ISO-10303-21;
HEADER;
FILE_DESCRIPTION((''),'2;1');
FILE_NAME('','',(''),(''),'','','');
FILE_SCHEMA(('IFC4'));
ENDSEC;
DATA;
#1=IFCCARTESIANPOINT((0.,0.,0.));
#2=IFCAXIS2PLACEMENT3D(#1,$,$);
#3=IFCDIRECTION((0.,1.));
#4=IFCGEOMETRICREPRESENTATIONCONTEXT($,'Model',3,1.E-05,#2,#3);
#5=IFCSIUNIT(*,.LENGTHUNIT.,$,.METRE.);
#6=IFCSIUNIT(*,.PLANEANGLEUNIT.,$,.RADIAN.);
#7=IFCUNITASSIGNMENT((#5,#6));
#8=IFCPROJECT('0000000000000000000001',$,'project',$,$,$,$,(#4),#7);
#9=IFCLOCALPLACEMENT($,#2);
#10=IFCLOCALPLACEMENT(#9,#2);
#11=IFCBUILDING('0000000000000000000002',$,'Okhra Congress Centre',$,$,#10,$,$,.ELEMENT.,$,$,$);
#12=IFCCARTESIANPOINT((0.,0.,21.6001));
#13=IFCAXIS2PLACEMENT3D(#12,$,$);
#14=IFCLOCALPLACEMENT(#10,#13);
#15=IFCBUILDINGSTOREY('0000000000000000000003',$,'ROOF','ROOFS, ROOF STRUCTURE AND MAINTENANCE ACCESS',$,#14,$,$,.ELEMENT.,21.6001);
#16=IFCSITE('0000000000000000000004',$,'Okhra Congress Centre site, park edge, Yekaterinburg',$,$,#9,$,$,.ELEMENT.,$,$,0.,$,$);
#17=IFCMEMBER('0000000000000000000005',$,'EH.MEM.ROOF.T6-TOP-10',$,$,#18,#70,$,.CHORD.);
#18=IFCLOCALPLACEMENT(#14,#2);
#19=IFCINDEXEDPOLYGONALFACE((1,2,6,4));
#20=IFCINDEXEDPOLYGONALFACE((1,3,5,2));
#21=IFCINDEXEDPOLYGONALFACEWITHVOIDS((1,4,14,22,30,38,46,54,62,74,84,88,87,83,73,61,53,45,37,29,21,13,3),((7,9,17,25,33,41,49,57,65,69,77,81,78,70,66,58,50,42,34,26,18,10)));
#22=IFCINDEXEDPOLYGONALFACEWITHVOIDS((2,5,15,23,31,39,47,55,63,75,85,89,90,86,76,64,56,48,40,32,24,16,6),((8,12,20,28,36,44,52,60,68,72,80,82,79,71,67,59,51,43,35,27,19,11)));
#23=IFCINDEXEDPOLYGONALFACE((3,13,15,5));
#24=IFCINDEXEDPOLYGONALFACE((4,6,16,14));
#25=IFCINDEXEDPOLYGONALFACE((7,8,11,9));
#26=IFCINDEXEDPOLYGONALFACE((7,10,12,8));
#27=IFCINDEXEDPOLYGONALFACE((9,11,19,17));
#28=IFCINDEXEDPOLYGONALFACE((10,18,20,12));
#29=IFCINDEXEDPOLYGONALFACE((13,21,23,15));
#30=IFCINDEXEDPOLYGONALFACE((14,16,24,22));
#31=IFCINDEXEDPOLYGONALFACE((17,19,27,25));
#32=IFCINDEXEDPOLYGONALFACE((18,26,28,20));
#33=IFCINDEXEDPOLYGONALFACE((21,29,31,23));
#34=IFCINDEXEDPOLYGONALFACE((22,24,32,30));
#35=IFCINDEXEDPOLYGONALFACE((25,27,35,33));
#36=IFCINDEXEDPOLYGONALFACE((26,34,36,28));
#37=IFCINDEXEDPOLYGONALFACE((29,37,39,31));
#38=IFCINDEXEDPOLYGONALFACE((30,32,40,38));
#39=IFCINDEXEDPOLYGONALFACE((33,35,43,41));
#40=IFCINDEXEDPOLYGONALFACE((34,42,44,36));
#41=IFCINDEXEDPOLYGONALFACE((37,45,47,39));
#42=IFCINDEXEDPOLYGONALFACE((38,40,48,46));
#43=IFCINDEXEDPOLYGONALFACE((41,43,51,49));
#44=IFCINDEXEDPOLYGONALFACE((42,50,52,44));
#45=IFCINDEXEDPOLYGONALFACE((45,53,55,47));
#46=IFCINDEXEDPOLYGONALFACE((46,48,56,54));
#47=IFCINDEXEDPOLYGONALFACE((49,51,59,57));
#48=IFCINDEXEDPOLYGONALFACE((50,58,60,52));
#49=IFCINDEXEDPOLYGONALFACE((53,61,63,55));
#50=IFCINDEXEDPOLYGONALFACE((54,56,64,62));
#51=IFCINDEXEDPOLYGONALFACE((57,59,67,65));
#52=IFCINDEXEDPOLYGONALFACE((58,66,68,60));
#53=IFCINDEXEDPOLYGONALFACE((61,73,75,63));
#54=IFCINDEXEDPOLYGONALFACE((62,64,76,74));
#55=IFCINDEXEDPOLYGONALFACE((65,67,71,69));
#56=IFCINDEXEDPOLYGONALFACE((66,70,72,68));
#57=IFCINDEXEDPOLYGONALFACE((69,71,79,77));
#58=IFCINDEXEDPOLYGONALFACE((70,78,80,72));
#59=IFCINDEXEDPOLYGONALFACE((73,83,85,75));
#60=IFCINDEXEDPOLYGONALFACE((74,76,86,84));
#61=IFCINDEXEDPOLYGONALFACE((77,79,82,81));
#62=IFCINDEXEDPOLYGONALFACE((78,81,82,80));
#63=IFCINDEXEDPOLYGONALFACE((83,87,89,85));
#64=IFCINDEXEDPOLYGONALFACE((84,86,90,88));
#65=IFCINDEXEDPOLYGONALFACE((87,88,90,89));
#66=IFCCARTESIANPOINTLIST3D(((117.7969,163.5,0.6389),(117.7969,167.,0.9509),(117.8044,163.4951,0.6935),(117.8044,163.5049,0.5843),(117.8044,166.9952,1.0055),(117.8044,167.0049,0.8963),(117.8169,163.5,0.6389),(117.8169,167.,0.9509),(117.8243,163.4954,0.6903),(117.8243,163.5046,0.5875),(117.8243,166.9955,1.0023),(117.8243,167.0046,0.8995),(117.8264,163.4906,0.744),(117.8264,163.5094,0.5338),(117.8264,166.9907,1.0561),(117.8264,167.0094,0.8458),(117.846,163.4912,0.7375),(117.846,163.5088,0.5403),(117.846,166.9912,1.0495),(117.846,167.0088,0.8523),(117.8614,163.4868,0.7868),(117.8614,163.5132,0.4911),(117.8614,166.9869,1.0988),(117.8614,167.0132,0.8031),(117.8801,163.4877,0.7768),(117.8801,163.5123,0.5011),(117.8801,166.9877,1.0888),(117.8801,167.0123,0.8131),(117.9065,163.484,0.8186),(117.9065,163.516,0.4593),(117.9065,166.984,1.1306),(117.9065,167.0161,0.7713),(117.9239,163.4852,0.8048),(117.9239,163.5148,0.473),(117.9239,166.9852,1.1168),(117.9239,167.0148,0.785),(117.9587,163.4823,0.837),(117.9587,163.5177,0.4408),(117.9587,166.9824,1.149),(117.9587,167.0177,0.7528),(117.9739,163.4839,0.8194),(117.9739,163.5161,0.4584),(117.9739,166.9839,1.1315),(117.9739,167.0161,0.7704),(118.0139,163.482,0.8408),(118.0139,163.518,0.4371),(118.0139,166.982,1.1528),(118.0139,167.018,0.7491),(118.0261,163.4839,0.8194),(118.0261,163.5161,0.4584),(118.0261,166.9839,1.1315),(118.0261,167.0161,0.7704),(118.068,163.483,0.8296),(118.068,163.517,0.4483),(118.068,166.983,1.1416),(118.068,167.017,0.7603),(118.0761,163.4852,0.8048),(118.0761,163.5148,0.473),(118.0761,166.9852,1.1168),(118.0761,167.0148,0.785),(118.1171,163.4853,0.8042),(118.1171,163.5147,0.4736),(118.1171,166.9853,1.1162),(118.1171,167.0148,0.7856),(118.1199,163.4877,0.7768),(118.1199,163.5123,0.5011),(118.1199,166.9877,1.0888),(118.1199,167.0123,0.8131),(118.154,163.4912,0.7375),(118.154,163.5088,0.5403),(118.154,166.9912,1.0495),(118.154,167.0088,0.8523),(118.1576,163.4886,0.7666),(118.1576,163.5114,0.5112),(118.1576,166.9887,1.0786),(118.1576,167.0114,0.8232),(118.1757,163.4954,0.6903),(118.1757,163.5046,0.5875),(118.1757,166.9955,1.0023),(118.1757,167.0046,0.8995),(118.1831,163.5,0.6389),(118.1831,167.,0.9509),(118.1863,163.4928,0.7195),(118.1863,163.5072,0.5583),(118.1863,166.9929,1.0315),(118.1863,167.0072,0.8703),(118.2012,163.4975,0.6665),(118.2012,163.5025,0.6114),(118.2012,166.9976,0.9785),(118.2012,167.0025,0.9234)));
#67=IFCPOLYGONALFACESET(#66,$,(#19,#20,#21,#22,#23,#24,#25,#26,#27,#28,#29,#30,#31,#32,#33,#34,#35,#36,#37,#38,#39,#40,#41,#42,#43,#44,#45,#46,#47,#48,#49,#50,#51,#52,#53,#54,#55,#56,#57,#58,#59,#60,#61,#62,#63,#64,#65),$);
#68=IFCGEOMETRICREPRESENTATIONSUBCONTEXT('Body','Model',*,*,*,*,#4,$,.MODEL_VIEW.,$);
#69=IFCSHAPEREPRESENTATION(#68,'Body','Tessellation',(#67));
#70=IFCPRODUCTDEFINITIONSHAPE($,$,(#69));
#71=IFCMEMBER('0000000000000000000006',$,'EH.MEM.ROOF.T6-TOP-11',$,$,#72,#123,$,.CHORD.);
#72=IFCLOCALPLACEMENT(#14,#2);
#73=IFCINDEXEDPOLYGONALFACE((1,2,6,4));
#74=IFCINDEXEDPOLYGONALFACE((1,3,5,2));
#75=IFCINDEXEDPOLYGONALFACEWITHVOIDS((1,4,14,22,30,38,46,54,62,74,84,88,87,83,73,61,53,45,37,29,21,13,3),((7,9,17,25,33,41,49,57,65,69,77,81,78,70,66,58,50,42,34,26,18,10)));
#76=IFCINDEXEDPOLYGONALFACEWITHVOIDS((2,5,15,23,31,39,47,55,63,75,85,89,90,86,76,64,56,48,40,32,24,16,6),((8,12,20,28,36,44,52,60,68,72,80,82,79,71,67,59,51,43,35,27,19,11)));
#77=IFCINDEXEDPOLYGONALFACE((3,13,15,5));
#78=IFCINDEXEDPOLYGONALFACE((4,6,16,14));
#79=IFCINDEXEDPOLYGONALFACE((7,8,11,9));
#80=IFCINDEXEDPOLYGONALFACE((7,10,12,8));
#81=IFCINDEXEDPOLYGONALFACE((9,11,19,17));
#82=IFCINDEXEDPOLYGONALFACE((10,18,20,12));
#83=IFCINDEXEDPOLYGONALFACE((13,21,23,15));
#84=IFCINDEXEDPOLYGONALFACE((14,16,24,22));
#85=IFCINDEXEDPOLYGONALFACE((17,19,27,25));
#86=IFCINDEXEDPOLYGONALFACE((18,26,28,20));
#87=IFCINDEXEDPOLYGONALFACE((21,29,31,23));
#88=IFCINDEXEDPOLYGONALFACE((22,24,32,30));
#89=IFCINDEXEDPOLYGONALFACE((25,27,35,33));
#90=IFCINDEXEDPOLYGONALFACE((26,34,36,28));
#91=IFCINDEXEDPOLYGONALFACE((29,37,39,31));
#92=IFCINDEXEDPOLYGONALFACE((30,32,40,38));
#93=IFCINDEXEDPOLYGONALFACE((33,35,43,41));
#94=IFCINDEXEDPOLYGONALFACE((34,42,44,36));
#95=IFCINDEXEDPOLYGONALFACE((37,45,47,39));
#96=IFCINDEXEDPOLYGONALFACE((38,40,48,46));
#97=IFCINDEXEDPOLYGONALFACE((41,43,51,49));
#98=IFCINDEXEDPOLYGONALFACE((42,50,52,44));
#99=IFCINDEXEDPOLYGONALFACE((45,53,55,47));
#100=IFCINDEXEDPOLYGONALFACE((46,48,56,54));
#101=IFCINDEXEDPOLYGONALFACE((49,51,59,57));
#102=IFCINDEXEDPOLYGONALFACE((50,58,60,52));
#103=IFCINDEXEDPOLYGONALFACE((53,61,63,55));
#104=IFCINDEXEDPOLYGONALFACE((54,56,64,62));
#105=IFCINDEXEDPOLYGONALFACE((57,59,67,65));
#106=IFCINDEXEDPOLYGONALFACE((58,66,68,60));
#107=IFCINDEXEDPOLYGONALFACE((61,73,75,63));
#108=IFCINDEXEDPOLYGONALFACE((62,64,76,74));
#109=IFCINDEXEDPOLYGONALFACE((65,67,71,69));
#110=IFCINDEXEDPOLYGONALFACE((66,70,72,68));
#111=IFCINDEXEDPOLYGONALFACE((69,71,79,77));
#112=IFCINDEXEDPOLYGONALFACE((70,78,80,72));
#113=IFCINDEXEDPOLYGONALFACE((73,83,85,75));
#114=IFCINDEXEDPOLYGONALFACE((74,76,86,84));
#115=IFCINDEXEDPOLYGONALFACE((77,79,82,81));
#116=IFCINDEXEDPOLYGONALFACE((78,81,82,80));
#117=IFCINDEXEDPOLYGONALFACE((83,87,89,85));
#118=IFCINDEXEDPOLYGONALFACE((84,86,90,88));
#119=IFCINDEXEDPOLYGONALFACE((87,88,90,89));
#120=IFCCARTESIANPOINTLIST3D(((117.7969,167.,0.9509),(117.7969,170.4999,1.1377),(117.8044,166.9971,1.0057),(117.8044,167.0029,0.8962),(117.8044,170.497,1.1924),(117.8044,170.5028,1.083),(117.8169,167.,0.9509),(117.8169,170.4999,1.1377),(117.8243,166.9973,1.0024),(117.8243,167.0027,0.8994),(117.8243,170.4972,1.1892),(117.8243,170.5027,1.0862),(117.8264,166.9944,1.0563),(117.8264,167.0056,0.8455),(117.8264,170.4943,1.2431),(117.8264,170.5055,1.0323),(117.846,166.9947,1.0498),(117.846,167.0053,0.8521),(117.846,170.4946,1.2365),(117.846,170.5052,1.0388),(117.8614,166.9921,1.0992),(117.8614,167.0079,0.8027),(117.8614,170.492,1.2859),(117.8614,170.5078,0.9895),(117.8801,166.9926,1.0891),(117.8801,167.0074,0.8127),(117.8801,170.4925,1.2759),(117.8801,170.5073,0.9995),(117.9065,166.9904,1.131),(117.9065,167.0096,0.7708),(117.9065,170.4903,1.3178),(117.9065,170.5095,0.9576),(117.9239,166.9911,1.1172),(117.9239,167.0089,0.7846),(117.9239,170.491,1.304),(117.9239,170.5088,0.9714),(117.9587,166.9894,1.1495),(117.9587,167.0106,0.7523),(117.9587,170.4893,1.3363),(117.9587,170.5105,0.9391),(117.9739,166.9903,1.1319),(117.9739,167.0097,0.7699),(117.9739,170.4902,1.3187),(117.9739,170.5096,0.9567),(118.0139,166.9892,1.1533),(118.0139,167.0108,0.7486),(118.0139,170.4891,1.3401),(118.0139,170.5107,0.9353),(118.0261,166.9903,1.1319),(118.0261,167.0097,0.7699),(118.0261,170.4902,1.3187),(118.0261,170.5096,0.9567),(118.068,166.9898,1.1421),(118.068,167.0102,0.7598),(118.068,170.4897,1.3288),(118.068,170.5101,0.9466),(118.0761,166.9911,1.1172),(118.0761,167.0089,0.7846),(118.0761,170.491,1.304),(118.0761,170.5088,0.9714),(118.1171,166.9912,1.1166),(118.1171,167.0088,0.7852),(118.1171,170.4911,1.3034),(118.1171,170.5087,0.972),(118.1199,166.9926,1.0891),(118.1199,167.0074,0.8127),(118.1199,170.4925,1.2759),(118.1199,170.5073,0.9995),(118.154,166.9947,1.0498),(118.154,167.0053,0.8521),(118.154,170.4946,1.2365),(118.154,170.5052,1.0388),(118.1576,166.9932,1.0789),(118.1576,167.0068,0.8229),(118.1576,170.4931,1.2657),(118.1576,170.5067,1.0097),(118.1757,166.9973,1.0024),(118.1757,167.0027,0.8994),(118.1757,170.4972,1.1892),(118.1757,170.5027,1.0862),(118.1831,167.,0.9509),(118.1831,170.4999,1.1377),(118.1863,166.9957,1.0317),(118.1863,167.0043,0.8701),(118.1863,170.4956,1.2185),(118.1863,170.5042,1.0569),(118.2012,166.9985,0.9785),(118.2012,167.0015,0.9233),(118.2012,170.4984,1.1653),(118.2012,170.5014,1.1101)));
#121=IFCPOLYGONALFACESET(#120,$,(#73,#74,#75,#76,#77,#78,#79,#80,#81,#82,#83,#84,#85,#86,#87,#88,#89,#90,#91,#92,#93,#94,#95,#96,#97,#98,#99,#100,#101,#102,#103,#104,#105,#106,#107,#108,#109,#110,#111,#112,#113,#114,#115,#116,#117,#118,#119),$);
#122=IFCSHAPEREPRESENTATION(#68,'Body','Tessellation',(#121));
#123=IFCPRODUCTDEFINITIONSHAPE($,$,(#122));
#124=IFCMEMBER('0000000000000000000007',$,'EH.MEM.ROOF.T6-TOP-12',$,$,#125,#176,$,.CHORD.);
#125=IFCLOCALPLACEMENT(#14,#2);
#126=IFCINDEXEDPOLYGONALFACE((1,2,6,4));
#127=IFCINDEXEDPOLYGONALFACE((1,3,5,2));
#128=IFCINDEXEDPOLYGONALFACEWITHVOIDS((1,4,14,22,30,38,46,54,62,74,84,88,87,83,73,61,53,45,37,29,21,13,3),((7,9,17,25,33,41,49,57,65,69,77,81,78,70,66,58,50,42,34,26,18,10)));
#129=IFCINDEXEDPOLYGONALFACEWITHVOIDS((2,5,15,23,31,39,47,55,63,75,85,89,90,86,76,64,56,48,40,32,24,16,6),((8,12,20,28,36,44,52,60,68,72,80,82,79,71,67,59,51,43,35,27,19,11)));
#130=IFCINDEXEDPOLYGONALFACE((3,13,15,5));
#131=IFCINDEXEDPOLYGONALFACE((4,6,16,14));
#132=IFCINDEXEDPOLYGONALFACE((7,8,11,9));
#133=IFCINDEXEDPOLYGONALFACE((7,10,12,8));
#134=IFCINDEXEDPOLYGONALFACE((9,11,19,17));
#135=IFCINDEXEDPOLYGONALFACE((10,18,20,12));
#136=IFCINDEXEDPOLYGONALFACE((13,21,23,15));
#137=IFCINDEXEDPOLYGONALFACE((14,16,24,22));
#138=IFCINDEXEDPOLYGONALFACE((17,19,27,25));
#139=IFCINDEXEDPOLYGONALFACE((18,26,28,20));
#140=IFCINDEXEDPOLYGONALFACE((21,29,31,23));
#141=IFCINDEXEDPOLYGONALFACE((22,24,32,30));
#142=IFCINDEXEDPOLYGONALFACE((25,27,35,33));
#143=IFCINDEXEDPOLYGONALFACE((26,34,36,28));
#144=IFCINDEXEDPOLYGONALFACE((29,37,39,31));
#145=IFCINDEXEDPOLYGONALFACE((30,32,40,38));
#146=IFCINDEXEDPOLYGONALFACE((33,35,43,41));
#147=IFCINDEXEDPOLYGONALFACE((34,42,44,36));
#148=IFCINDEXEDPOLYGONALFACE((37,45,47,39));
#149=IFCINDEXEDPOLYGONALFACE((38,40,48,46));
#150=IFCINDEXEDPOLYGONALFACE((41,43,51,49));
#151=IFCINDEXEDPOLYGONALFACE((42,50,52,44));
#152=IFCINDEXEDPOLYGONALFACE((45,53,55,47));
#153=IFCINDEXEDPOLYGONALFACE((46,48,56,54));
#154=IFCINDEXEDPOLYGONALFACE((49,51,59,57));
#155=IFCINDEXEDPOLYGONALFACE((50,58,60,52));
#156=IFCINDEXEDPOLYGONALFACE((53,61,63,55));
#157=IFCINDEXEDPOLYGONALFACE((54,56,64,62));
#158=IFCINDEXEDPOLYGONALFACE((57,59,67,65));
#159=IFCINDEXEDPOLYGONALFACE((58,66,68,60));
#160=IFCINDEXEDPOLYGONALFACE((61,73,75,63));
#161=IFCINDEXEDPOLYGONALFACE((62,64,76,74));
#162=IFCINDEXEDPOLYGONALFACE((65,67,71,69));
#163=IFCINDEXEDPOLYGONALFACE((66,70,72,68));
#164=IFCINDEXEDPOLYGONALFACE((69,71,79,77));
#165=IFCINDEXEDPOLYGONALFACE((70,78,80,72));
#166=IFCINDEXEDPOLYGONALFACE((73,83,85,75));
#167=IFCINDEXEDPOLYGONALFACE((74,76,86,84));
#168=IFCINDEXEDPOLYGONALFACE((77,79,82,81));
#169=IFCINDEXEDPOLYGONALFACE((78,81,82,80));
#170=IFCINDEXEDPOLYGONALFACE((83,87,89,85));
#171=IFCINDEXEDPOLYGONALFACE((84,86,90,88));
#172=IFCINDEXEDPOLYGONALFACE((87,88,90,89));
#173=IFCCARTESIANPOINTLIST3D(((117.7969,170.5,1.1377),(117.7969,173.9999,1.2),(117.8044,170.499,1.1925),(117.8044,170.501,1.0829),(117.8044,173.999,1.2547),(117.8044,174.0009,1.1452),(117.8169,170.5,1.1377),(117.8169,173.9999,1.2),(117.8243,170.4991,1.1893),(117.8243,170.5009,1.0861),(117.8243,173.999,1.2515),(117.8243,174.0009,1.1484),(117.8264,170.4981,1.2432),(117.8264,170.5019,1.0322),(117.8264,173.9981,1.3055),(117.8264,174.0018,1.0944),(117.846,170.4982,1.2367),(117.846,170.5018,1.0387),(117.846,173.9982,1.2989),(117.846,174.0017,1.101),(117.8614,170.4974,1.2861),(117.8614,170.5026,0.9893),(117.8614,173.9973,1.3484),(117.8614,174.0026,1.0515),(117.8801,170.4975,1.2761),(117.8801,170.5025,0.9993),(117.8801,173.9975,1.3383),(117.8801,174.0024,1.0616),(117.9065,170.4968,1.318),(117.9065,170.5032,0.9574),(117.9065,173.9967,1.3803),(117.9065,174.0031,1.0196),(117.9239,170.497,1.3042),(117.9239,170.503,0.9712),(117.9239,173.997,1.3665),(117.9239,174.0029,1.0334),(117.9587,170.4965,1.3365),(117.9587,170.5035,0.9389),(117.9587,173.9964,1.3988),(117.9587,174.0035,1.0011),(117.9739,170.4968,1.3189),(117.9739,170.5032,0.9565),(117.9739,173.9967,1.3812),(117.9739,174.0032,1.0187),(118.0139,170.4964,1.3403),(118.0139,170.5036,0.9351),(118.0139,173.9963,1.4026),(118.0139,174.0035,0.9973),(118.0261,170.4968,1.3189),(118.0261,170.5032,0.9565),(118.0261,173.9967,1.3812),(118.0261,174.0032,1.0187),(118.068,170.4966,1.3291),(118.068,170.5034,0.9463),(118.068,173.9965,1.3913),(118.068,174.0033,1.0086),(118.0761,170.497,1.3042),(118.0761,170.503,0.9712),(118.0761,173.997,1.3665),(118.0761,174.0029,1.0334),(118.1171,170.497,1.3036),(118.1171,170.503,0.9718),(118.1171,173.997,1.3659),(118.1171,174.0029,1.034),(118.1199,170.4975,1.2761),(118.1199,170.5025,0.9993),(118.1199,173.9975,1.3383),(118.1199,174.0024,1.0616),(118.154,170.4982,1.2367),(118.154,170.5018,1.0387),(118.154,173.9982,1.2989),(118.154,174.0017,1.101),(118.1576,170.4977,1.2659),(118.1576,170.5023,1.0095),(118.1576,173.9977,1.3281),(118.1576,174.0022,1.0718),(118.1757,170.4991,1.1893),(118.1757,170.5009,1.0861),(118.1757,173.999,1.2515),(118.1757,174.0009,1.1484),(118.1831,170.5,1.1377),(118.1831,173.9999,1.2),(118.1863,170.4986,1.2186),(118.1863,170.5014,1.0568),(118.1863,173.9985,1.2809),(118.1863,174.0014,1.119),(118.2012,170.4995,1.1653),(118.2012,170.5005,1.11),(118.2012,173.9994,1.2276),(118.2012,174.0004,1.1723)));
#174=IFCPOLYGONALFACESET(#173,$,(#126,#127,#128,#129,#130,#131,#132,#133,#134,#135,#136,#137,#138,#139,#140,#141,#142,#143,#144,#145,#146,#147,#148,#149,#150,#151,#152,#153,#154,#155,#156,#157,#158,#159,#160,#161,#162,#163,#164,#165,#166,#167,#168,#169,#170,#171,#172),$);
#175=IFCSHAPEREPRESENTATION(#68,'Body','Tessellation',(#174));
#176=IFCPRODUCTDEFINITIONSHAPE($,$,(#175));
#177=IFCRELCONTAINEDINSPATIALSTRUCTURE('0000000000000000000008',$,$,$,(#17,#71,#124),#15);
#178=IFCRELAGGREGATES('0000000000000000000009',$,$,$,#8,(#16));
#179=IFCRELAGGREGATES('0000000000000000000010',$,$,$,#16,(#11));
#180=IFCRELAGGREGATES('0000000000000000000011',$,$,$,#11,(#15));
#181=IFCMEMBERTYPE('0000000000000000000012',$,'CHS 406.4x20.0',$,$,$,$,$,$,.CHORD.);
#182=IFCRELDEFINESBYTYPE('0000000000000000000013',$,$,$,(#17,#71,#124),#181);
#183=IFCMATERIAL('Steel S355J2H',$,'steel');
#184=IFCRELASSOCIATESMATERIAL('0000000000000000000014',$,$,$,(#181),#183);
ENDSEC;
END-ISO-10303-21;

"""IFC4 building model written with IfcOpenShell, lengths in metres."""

from ifc_helpers import new_model, si_unit, direction, frame, origin, origin_2d, place, context, subcontext, project, spatial, hollow_circle, extrude, material, material_profile, profile_set, type_object, element, save


model = new_model("IFC4")

# Units and contexts
model_context = context("Model", 3, precision=1e-05, world=origin(), true_north=direction((0.0, 1.0)))
body_context = subcontext(model_context, "Body", "Model", "MODEL_VIEW")
ifc_project = project(units=[si_unit("LENGTHUNIT", "METRE"), si_unit("PLANEANGLEUNIT", "RADIAN")], contexts=[model_context])

# Site, building, storey
site_placement = place(None, origin())
site = spatial("IfcSite", under=ifc_project, at=site_placement, Name="Okhra Congress Centre site, park edge, Yekaterinburg", CompositionType="ELEMENT", RefElevation=0.0)
building_placement = place(site_placement, origin())
building = spatial("IfcBuilding", under=site, at=building_placement, Name="Okhra Congress Centre", CompositionType="ELEMENT")
storey_placement = place(building_placement, frame((0.0, 0.0, 21.6001)))
storey = spatial("IfcBuildingStorey", under=building, at=storey_placement, Name="ROOF", Description="ROOFS, ROOF STRUCTURE AND MAINTENANCE ACCESS", CompositionType="ELEMENT", Elevation=21.6001)

# Members
ifc_material_1 = material(Name="Steel S355J2H", Category="steel")
ifc_material_profile_1 = material_profile(ifc_material_1, hollow_circle(Radius=0.2031, WallThickness=0.02, at=origin_2d()), Name="CHS 406.4x20.0")
ifc_profile_set_1 = profile_set([ifc_material_profile_1], Name="Steel S355J2H")
member_type_1 = type_object("IfcMemberType", Name="CHS 406.4x20.0", PredefinedType="CHORD", material=ifc_profile_set_1)
member_1_placement = place(storey_placement, frame((118.0, 163.5, 0.6389), z_axis=(0.0, 0.99605, 0.088794), x_axis=(-1.0, 0.0, 0.0)))
element("IfcMember", 1, at=member_1_placement, inside=storey, type_object=member_type_1, Name="EH.MEM.ROOF.T6-TOP-10", PredefinedType="CHORD", context=body_context, shape_type="SweptSolid", body=[
    extrude(hollow_circle(Radius=0.2031, WallThickness=0.02, at=origin_2d()), origin(), (0.0, 0.0, 1.0), 3.5139),
])
member_2_placement = place(storey_placement, frame((118.0, 167.0, 0.9509), z_axis=(0.0, 0.998579, 0.053286), x_axis=(-1.0, 0.0, 0.0)))
element("IfcMember", 2, at=member_2_placement, inside=storey, type_object=member_type_1, Name="EH.MEM.ROOF.T6-TOP-11", PredefinedType="CHORD", context=body_context, shape_type="SweptSolid", body=[
    extrude(hollow_circle(Radius=0.2031, WallThickness=0.02, at=origin_2d()), origin(), (0.0, 0.0, 1.0), 3.5049),
])
for number, where, z_axis, x_axis, name in (
    (3, (118.0, 170.5, 1.1377), (0.0, 0.999842, 0.017785), (-1.0, 0.0, 0.0), "EH.MEM.ROOF.T6-TOP-12"),
):
    element("IfcMember", number, at=place(storey_placement, frame(where, z_axis=z_axis, x_axis=x_axis)), inside=storey, type_object=member_type_1, Name=name, PredefinedType="CHORD", context=body_context, shape_type="SweptSolid", body=[
        extrude(hollow_circle(Radius=0.2031, WallThickness=0.02, at=origin_2d()), origin(), (0.0, 0.0, 1.0), 3.5005),
    ])

save(model, "model.ifc")
